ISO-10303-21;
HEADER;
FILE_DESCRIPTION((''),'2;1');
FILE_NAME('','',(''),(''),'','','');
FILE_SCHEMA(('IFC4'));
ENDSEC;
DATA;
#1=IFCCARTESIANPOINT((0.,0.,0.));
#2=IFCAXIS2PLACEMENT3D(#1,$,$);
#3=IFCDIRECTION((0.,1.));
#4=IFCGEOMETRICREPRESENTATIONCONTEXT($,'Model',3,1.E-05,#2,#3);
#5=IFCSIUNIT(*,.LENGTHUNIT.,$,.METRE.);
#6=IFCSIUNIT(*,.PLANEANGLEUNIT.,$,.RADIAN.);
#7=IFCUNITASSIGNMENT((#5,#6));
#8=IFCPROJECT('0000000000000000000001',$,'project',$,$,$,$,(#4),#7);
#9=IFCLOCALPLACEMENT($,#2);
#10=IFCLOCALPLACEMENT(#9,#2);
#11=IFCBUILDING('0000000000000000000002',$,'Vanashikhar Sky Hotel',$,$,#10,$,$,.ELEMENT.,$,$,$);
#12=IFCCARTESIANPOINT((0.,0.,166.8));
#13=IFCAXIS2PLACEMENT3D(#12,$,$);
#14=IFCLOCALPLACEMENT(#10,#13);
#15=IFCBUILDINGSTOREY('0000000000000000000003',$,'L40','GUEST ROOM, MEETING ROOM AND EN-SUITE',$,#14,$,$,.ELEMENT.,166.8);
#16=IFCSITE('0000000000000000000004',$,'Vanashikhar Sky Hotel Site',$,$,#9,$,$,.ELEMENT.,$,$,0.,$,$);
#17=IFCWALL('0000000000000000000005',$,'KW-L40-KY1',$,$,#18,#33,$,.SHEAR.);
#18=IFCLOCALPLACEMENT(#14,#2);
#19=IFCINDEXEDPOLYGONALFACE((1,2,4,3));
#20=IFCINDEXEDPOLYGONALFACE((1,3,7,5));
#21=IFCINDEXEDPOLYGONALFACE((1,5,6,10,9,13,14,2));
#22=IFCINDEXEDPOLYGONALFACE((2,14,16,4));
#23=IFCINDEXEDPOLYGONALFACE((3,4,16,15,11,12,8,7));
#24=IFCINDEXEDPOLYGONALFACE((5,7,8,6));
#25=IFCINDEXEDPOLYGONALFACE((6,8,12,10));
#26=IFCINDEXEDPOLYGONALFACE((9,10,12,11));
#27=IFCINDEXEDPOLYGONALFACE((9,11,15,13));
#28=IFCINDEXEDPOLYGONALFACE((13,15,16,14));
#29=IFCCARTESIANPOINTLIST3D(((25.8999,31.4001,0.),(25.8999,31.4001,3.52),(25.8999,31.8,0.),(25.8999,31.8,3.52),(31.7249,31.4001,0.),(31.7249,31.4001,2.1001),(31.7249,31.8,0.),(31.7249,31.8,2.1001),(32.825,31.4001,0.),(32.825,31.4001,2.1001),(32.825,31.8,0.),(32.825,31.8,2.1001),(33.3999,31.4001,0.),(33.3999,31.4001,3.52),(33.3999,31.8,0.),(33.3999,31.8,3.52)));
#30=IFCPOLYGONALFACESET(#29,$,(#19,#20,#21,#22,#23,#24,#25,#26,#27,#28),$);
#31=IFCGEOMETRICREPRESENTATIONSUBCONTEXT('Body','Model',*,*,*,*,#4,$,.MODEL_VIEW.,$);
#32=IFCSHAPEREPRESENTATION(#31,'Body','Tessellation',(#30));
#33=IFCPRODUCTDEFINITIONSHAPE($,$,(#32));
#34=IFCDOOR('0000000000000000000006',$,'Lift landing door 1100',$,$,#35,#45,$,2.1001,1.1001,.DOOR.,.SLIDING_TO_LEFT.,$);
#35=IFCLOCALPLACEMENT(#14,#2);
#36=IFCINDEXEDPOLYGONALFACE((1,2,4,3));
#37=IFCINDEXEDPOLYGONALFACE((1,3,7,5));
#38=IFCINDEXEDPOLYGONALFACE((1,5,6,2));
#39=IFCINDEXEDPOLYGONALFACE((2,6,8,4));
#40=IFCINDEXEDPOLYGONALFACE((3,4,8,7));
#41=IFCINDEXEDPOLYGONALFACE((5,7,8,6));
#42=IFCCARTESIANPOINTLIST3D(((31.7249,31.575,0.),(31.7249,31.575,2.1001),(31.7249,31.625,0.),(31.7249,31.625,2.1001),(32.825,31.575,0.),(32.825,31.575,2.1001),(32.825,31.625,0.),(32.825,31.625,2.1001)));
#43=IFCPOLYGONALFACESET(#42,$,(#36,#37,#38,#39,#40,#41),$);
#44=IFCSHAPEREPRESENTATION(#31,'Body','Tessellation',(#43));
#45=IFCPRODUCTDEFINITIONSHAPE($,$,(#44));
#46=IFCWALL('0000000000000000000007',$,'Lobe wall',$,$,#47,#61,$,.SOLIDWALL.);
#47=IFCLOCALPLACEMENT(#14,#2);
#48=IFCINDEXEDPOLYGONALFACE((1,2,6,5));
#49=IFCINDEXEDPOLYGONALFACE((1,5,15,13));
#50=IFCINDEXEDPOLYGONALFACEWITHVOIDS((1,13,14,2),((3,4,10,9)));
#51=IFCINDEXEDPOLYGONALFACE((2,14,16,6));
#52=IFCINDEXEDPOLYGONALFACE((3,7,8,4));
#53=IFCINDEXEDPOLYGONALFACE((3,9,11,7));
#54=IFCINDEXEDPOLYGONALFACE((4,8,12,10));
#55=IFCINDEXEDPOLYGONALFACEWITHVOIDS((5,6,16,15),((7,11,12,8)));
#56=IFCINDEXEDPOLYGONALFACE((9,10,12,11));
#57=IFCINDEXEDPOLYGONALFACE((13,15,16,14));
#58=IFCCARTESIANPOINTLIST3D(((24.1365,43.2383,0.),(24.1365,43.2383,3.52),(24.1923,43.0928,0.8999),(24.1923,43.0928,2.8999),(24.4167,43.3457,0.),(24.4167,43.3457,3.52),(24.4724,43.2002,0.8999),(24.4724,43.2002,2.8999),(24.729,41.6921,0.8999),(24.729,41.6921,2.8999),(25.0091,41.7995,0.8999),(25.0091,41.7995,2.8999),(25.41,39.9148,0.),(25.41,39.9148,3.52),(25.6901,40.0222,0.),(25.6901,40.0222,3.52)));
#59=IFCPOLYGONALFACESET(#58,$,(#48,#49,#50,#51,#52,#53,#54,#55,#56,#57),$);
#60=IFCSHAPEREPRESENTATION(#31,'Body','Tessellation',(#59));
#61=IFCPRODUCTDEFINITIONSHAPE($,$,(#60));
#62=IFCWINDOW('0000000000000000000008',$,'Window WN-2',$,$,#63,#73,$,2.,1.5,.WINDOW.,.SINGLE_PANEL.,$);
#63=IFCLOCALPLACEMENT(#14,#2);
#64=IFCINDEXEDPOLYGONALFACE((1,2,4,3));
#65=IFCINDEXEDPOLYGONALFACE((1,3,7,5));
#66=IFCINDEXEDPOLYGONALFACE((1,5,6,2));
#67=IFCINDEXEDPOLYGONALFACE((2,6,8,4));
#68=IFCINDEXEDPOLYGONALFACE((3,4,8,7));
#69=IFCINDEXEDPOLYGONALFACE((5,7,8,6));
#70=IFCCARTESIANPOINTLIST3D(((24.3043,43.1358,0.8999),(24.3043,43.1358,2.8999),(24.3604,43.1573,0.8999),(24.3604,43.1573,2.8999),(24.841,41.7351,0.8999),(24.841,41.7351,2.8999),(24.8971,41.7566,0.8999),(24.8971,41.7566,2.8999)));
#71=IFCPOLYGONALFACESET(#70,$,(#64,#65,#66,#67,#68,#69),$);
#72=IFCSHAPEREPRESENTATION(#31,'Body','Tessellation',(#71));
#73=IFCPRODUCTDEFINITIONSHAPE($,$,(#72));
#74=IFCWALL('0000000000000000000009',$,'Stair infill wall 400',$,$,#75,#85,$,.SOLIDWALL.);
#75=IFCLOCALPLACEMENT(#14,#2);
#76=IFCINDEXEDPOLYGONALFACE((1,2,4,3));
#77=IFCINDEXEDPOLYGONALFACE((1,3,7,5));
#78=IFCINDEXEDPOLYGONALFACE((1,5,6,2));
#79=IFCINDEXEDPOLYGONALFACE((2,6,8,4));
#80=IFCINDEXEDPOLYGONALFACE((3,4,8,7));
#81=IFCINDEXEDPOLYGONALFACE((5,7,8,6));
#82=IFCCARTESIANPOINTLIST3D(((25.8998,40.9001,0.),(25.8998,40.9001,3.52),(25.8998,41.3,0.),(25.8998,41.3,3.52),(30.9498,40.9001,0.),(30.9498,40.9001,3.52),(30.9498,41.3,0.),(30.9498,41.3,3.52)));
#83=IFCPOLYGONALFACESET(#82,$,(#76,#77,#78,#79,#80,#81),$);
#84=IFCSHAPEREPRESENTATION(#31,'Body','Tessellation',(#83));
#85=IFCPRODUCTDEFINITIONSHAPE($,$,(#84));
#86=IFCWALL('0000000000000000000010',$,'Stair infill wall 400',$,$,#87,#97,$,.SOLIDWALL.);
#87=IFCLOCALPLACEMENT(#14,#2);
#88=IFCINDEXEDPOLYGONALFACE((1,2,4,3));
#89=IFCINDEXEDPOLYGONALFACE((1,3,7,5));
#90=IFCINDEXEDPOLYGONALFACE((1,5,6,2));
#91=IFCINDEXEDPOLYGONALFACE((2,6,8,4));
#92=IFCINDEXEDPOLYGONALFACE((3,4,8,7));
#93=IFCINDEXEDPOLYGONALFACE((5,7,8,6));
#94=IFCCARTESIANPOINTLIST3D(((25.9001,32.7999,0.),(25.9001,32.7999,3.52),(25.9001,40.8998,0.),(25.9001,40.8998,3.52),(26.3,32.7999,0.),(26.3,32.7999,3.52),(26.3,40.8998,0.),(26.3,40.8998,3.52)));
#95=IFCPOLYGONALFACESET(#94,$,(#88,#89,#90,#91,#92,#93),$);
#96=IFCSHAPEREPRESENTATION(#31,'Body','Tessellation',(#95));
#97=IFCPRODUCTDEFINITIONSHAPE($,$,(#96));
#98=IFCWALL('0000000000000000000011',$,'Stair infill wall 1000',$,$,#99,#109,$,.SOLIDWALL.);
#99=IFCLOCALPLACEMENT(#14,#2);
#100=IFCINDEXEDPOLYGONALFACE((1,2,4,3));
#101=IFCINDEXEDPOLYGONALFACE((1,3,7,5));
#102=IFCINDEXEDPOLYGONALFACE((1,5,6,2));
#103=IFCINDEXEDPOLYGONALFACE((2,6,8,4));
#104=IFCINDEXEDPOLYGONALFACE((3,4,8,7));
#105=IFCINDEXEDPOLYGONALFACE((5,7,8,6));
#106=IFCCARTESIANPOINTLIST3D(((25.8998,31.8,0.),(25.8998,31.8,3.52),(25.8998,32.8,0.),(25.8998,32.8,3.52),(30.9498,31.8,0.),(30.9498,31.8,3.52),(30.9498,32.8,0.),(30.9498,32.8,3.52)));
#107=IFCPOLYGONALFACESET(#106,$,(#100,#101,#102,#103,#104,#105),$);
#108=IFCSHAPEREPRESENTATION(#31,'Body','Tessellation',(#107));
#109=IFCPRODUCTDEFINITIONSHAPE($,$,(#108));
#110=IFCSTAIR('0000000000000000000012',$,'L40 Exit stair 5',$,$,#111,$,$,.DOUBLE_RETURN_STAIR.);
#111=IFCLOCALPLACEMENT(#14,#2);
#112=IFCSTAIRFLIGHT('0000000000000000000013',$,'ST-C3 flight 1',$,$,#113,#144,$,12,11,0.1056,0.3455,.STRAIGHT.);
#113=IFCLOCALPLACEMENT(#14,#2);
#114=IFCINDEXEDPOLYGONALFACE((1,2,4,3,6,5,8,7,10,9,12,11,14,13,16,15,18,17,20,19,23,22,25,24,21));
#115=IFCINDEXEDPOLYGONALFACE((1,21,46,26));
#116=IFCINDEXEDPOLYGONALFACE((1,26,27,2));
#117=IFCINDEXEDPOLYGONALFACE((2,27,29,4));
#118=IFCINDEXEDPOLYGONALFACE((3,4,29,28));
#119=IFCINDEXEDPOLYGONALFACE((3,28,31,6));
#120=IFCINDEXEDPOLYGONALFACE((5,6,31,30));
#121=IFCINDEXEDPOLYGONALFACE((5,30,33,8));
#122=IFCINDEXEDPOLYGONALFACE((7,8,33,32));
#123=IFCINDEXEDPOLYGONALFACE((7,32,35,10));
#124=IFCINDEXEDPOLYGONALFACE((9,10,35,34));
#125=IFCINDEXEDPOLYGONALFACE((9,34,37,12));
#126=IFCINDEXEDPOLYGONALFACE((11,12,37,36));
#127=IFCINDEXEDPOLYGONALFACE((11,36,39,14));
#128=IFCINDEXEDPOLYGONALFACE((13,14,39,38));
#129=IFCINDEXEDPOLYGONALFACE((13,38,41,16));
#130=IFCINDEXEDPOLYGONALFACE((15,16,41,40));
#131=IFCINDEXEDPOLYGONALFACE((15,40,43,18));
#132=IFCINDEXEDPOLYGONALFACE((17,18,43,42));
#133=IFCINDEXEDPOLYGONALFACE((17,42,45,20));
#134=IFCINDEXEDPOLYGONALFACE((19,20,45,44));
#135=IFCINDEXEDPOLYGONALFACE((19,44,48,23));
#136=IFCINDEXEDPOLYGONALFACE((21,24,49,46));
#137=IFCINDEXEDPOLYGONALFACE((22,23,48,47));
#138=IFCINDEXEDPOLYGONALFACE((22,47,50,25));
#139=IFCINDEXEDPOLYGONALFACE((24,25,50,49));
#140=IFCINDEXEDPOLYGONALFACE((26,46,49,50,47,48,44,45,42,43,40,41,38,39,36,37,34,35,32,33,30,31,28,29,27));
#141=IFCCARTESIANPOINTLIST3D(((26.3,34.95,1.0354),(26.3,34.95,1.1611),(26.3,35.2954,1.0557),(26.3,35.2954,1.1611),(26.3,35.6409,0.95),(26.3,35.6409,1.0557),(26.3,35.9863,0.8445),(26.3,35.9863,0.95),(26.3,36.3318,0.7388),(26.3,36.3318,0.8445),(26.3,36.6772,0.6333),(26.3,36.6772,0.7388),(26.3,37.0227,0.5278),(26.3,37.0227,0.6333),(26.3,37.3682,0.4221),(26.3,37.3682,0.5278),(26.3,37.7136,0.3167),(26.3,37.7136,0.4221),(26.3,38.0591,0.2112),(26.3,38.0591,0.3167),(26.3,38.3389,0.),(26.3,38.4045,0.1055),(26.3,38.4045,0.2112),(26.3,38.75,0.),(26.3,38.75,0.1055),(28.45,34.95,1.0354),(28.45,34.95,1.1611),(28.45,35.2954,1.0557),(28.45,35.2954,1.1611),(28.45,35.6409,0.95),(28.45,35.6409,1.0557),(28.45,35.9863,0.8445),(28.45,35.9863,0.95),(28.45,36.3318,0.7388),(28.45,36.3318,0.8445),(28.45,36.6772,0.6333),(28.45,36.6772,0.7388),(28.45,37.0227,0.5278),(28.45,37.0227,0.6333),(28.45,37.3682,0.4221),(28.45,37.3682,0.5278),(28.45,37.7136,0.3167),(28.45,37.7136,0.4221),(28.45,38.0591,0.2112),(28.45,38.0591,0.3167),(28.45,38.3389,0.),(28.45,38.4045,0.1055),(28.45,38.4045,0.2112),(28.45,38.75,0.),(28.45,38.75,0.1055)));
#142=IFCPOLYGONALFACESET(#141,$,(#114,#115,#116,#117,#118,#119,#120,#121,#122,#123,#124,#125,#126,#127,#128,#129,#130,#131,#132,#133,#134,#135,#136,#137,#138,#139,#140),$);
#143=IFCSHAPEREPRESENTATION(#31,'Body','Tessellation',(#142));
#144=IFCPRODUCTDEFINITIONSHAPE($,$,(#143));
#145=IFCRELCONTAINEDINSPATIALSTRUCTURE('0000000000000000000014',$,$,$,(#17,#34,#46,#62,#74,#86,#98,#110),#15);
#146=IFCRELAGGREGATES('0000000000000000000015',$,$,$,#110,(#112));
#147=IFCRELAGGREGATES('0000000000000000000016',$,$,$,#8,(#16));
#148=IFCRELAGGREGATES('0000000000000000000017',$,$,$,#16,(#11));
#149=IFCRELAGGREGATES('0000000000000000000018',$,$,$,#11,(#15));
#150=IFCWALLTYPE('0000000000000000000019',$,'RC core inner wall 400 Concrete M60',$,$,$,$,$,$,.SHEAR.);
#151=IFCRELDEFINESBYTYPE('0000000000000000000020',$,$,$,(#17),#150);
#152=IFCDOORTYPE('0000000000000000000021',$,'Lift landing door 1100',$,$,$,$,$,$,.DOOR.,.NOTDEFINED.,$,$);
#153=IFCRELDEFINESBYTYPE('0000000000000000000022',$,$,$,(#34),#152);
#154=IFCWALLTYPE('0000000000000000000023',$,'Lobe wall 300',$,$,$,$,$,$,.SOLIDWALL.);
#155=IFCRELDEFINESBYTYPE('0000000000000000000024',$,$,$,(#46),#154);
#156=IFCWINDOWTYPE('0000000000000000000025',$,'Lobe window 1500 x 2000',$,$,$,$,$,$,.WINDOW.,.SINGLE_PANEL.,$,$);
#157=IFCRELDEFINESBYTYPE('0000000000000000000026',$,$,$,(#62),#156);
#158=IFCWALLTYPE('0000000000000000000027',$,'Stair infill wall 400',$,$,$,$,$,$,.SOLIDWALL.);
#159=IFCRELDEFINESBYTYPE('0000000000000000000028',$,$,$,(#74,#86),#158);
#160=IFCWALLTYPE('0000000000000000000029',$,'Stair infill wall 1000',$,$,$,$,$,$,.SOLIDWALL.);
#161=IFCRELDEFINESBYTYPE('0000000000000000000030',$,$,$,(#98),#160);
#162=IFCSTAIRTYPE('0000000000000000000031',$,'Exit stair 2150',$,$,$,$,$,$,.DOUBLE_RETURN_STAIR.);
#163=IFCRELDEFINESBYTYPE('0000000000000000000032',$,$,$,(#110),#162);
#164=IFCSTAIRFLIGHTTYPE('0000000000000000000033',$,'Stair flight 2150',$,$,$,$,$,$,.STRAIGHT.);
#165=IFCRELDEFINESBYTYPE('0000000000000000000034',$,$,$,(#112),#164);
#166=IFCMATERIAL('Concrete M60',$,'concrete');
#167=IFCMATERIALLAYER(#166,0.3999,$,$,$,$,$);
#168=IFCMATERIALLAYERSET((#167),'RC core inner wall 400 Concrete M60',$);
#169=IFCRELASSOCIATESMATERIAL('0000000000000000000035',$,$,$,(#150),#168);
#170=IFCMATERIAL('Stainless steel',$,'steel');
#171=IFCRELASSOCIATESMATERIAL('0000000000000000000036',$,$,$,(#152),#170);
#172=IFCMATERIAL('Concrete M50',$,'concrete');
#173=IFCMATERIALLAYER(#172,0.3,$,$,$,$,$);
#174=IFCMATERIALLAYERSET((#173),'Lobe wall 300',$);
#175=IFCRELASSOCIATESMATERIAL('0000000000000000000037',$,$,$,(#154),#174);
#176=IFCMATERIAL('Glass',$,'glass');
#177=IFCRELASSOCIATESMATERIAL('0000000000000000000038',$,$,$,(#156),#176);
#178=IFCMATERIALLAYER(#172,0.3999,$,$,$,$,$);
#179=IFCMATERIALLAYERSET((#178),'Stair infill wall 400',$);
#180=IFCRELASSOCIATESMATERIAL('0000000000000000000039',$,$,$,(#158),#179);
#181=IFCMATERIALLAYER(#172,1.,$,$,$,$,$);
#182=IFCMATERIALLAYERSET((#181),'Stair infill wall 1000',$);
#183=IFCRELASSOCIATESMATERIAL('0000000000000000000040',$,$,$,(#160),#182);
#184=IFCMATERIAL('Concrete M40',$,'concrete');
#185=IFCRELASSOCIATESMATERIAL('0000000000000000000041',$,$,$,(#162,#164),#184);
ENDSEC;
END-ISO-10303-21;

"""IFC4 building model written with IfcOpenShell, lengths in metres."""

from ifc_helpers import new_model, si_unit, direction, frame, frame_2d, origin, place, context, subcontext, project, spatial, polyline, rectangle, outline, extrude, source, transform, mapped, material, layer, layer_set, type_object, element, fill, aggregate, save


model = new_model("IFC4")

# Units and contexts
model_context = context("Model", 3, precision=1e-05, world=origin(), true_north=direction((0.0, 1.0)))
body_context = subcontext(model_context, "Body", "Model", "MODEL_VIEW")
ifc_project = project(units=[si_unit("LENGTHUNIT", "METRE"), si_unit("PLANEANGLEUNIT", "RADIAN")], contexts=[model_context])

# Site, building, storey
site_placement = place(None, origin())
site = spatial("IfcSite", under=ifc_project, at=site_placement, Name="Vanashikhar Sky Hotel Site", CompositionType="ELEMENT", RefElevation=0.0)
building_placement = place(site_placement, origin())
building = spatial("IfcBuilding", under=site, at=building_placement, Name="Vanashikhar Sky Hotel", CompositionType="ELEMENT")
storey_placement = place(building_placement, frame((0.0, 0.0, 166.8)))
storey = spatial("IfcBuildingStorey", under=building, at=storey_placement, Name="L40", Description="GUEST ROOM, MEETING ROOM AND EN-SUITE", CompositionType="ELEMENT", Elevation=166.8)

# Wall, opening, door
ifc_material_1 = material(Name="Concrete M60", Category="concrete")
ifc_layer_1 = layer(ifc_material_1, 0.3999)
ifc_layer_set_1 = layer_set([ifc_layer_1], Name="RC core inner wall 400 Concrete M60")
wall_type_1 = type_object("IfcWallType", Name="RC core inner wall 400 Concrete M60", PredefinedType="SHEAR", material=ifc_layer_set_1)
shared_shape_1 = source(origin(), body_context, "Body", "SweptSolid", [
    extrude(rectangle(XDim=7.5, YDim=0.3999, at=frame_2d((3.75, 0.0))), origin(), (0.0, 0.0, 1.0), 3.52),
])
wall_1_placement = place(storey_placement, frame((25.8999, 31.6001, 0.0), z_axis=(0.0, 0.0, 1.0), x_axis=(1.0, 0.0, 0.0)))
wall_1 = element("IfcWall", 1, at=wall_1_placement, inside=storey, type_object=wall_type_1, Name="KW-L40-KY1", PredefinedType="SHEAR", context=body_context, shape_type="MappedRepresentation", body=[
    mapped(shared_shape_1, transform((0.0, 0.0, 0.0), scale=1.0)),
])
shared_shape_2 = source(origin(), body_context, "Body", "SweptSolid", [
    extrude(rectangle(XDim=1.1001, YDim=2.1001, at=frame_2d((0.55, 1.05))), frame((0.0, 0.21, 0.0), z_axis=(0.0, -1.0, 0.0), x_axis=(1.0, 0.0, 0.0)), (0.0, 0.0, 1.0), 0.4199),
])
opening_1_placement = place(wall_1_placement, frame((5.825, 0.0, 0.0)))
opening_1 = element("IfcOpeningElement", 2, at=opening_1_placement, cuts=wall_1, PredefinedType="OPENING", context=body_context, shape_type="MappedRepresentation", body=[
    mapped(shared_shape_2, transform((0.0, 0.0, 0.0), scale=1.0)),
])
ifc_material_2 = material(Name="Stainless steel", Category="steel")
door_type = type_object("IfcDoorType", Name="Lift landing door 1100", OperationType="NOTDEFINED", PredefinedType="DOOR", material=ifc_material_2)
shared_shape_3 = source(origin(), body_context, "Body", "SweptSolid", [
    extrude(rectangle(XDim=1.1001, YDim=2.1001, at=frame_2d((0.55, 1.05))), frame((0.0, 0.0249, 0.0), z_axis=(0.0, -1.0, 0.0), x_axis=(1.0, 0.0, 0.0)), (0.0, 0.0, 1.0), 0.05),
])
door_placement = place(opening_1_placement, origin())
door = element("IfcDoor", 3, at=door_placement, inside=storey, type_object=door_type, Name="Lift landing door 1100", OperationType="SLIDING_TO_LEFT", OverallHeight=2.1001, OverallWidth=1.1001, PredefinedType="DOOR", context=body_context, shape_type="MappedRepresentation", body=[
    mapped(shared_shape_3, transform((0.0, 0.0, 0.0), scale=1.0)),
])
fill(opening_1, door)

# Wall, opening, window
ifc_material_3 = material(Name="Concrete M50", Category="concrete")
ifc_layer_2 = layer(ifc_material_3, 0.3)
ifc_layer_set_2 = layer_set([ifc_layer_2], Name="Lobe wall 300")
wall_type_2 = type_object("IfcWallType", Name="Lobe wall 300", PredefinedType="SOLIDWALL", material=ifc_layer_set_2)
shared_shape_4 = source(origin(), body_context, "Body", "SweptSolid", [
    extrude(rectangle(XDim=3.5591, YDim=0.3, at=frame_2d((1.7795, 0.0))), origin(), (0.0, 0.0, 1.0), 3.52),
])
wall_2_placement = place(storey_placement, frame((25.55, 39.9685, 0.0), z_axis=(0.0, 0.0, 1.0), x_axis=(-0.357797, 0.933799, 0.0)))
wall_2 = element("IfcWall", 4, at=wall_2_placement, inside=storey, type_object=wall_type_2, Name="Lobe wall", PredefinedType="SOLIDWALL", context=body_context, shape_type="MappedRepresentation", body=[
    mapped(shared_shape_4, transform((0.0, 0.0, 0.0), scale=1.0)),
])
shared_shape_5 = source(origin(), body_context, "Body", "SweptSolid", [
    extrude(rectangle(XDim=1.5, YDim=2.0, at=frame_2d((0.75, 1.0))), frame((0.0, 0.1602, 0.0), z_axis=(0.0, -1.0, 0.0), x_axis=(1.0, 0.0, 0.0)), (0.0, 0.0, 1.0), 0.3201),
])
opening_2_placement = place(wall_2_placement, frame((1.9033, 0.0, 0.8999)))
opening_2 = element("IfcOpeningElement", 5, at=opening_2_placement, cuts=wall_2, PredefinedType="OPENING", context=body_context, shape_type="MappedRepresentation", body=[
    mapped(shared_shape_5, transform((0.0, 0.0, 0.0), scale=1.0)),
])
ifc_material_4 = material(Name="Glass", Category="glass")
window_type = type_object("IfcWindowType", Name="Lobe window 1500 x 2000", PartitioningType="SINGLE_PANEL", PredefinedType="WINDOW", material=ifc_material_4)
shared_shape_6 = source(origin(), body_context, "Body", "SweptSolid", [
    extrude(rectangle(XDim=1.5, YDim=2.0, at=frame_2d((0.75, 1.0))), frame((0.0, 0.03, 0.0), z_axis=(0.0, -1.0, 0.0), x_axis=(1.0, 0.0, 0.0)), (0.0, 0.0, 1.0), 0.0601),
])
window_placement = place(opening_2_placement, origin())
window = element("IfcWindow", 6, at=window_placement, inside=storey, type_object=window_type, Name="Window WN-2", OverallHeight=2.0, OverallWidth=1.5, PartitioningType="SINGLE_PANEL", PredefinedType="WINDOW", context=body_context, shape_type="MappedRepresentation", body=[
    mapped(shared_shape_6, transform((0.0, 0.0, 0.0), scale=1.0)),
])
fill(opening_2, window)

# Walls
ifc_layer_3 = layer(ifc_material_3, 0.3999)
ifc_layer_set_3 = layer_set([ifc_layer_3], Name="Stair infill wall 400")
wall_type_3 = type_object("IfcWallType", Name="Stair infill wall 400", PredefinedType="SOLIDWALL", material=ifc_layer_set_3)
shared_shape_7 = source(origin(), body_context, "Body", "SweptSolid", [
    extrude(rectangle(XDim=5.05, YDim=0.3999, at=frame_2d((2.5249, 0.0))), origin(), (0.0, 0.0, 1.0), 3.52),
])
wall_3_placement = place(storey_placement, frame((25.8999, 41.1001, 0.0), z_axis=(0.0, 0.0, 1.0), x_axis=(1.0, 0.0, 0.0)))
element("IfcWall", 7, at=wall_3_placement, inside=storey, type_object=wall_type_3, Name="Stair infill wall 400", PredefinedType="SOLIDWALL", context=body_context, shape_type="MappedRepresentation", body=[
    mapped(shared_shape_7, transform((0.0, 0.0, 0.0), scale=1.0)),
])
shared_shape_8 = source(origin(), body_context, "Body", "SweptSolid", [
    extrude(rectangle(XDim=8.0999, YDim=0.3999, at=frame_2d((4.0498, 0.0))), origin(), (0.0, 0.0, 1.0), 3.52),
])
wall_4_placement = place(storey_placement, frame((26.1001, 32.8, 0.0), z_axis=(0.0, 0.0, 1.0), x_axis=(0.0, 1.0, 0.0)))
element("IfcWall", 8, at=wall_4_placement, inside=storey, type_object=wall_type_3, Name="Stair infill wall 400", PredefinedType="SOLIDWALL", context=body_context, shape_type="MappedRepresentation", body=[
    mapped(shared_shape_8, transform((0.0, 0.0, 0.0), scale=1.0)),
])
ifc_layer_4 = layer(ifc_material_3, 1.0)
ifc_layer_set_4 = layer_set([ifc_layer_4], Name="Stair infill wall 1000")
wall_type_4 = type_object("IfcWallType", Name="Stair infill wall 1000", PredefinedType="SOLIDWALL", material=ifc_layer_set_4)
shared_shape_9 = source(origin(), body_context, "Body", "SweptSolid", [
    extrude(rectangle(XDim=5.05, YDim=1.0, at=frame_2d((2.5249, 0.0))), origin(), (0.0, 0.0, 1.0), 3.52),
])
wall_5_placement = place(storey_placement, frame((25.8999, 32.3, 0.0), z_axis=(0.0, 0.0, 1.0), x_axis=(1.0, 0.0, 0.0)))
element("IfcWall", 9, at=wall_5_placement, inside=storey, type_object=wall_type_4, Name="Stair infill wall 1000", PredefinedType="SOLIDWALL", context=body_context, shape_type="MappedRepresentation", body=[
    mapped(shared_shape_9, transform((0.0, 0.0, 0.0), scale=1.0)),
])

# Stair, stair flight
ifc_material_5 = material(Name="Concrete M40", Category="concrete")
stair_type = type_object("IfcStairType", Name="Exit stair 2150", PredefinedType="DOUBLE_RETURN_STAIR", material=ifc_material_5)
stair_placement = place(storey_placement, origin())
stair = element("IfcStair", 10, at=stair_placement, inside=storey, type_object=stair_type, Name="L40 Exit stair 5", PredefinedType="DOUBLE_RETURN_STAIR")
stair_flight_type = type_object("IfcStairFlightType", Name="Stair flight 2150", PredefinedType="STRAIGHT", material=ifc_material_5)
shared_shape_10 = source(origin(), body_context, "Body", "SweptSolid", [
    extrude(outline(polyline([(0.0, 0.0), (0.0, 0.1055), (0.3455, 0.1055), (0.3455, 0.2112), (0.6909, 0.2112), (0.6909, 0.3167), (1.0364, 0.3167), (1.0364, 0.4221), (1.3818, 0.4221), (1.3818, 0.5278), (1.7273, 0.5278), (1.7273, 0.6333), (2.0728, 0.6333), (2.0728, 0.7388), (2.4182, 0.7388), (2.4182, 0.8445), (2.7637, 0.8445), (2.7637, 0.95), (3.1091, 0.95), (3.1091, 1.0557), (3.4546, 1.0557), (3.4546, 1.1611), (3.8, 1.1611), (3.8, 1.2666), (3.8, 1.0354), (0.4111, 0.0), (0.0, 0.0)])), frame((0.0, 1.075, 0.0), z_axis=(0.0, -1.0, 0.0), x_axis=(1.0, 0.0, 0.0)), (0.0, 0.0, 1.0), 2.1499),
])
stair_flight_1_placement = place(storey_placement, frame((27.375, 38.75, 0.0), z_axis=(0.0, 0.0, 1.0), x_axis=(0.0, -1.0, 0.0)))
stair_flight_1 = element("IfcStairFlight", 11, at=stair_flight_1_placement, type_object=stair_flight_type, Name="ST-C3 flight 1", NumberOfRisers=12, NumberOfTreads=11, PredefinedType="STRAIGHT", RiserHeight=0.1056, TreadLength=0.3455, context=body_context, shape_type="MappedRepresentation", body=[
    mapped(shared_shape_10, transform((0.0, 0.0, 0.0), scale=1.0)),
])
aggregate(stair, [stair_flight_1])

save(model, "model.ifc")
